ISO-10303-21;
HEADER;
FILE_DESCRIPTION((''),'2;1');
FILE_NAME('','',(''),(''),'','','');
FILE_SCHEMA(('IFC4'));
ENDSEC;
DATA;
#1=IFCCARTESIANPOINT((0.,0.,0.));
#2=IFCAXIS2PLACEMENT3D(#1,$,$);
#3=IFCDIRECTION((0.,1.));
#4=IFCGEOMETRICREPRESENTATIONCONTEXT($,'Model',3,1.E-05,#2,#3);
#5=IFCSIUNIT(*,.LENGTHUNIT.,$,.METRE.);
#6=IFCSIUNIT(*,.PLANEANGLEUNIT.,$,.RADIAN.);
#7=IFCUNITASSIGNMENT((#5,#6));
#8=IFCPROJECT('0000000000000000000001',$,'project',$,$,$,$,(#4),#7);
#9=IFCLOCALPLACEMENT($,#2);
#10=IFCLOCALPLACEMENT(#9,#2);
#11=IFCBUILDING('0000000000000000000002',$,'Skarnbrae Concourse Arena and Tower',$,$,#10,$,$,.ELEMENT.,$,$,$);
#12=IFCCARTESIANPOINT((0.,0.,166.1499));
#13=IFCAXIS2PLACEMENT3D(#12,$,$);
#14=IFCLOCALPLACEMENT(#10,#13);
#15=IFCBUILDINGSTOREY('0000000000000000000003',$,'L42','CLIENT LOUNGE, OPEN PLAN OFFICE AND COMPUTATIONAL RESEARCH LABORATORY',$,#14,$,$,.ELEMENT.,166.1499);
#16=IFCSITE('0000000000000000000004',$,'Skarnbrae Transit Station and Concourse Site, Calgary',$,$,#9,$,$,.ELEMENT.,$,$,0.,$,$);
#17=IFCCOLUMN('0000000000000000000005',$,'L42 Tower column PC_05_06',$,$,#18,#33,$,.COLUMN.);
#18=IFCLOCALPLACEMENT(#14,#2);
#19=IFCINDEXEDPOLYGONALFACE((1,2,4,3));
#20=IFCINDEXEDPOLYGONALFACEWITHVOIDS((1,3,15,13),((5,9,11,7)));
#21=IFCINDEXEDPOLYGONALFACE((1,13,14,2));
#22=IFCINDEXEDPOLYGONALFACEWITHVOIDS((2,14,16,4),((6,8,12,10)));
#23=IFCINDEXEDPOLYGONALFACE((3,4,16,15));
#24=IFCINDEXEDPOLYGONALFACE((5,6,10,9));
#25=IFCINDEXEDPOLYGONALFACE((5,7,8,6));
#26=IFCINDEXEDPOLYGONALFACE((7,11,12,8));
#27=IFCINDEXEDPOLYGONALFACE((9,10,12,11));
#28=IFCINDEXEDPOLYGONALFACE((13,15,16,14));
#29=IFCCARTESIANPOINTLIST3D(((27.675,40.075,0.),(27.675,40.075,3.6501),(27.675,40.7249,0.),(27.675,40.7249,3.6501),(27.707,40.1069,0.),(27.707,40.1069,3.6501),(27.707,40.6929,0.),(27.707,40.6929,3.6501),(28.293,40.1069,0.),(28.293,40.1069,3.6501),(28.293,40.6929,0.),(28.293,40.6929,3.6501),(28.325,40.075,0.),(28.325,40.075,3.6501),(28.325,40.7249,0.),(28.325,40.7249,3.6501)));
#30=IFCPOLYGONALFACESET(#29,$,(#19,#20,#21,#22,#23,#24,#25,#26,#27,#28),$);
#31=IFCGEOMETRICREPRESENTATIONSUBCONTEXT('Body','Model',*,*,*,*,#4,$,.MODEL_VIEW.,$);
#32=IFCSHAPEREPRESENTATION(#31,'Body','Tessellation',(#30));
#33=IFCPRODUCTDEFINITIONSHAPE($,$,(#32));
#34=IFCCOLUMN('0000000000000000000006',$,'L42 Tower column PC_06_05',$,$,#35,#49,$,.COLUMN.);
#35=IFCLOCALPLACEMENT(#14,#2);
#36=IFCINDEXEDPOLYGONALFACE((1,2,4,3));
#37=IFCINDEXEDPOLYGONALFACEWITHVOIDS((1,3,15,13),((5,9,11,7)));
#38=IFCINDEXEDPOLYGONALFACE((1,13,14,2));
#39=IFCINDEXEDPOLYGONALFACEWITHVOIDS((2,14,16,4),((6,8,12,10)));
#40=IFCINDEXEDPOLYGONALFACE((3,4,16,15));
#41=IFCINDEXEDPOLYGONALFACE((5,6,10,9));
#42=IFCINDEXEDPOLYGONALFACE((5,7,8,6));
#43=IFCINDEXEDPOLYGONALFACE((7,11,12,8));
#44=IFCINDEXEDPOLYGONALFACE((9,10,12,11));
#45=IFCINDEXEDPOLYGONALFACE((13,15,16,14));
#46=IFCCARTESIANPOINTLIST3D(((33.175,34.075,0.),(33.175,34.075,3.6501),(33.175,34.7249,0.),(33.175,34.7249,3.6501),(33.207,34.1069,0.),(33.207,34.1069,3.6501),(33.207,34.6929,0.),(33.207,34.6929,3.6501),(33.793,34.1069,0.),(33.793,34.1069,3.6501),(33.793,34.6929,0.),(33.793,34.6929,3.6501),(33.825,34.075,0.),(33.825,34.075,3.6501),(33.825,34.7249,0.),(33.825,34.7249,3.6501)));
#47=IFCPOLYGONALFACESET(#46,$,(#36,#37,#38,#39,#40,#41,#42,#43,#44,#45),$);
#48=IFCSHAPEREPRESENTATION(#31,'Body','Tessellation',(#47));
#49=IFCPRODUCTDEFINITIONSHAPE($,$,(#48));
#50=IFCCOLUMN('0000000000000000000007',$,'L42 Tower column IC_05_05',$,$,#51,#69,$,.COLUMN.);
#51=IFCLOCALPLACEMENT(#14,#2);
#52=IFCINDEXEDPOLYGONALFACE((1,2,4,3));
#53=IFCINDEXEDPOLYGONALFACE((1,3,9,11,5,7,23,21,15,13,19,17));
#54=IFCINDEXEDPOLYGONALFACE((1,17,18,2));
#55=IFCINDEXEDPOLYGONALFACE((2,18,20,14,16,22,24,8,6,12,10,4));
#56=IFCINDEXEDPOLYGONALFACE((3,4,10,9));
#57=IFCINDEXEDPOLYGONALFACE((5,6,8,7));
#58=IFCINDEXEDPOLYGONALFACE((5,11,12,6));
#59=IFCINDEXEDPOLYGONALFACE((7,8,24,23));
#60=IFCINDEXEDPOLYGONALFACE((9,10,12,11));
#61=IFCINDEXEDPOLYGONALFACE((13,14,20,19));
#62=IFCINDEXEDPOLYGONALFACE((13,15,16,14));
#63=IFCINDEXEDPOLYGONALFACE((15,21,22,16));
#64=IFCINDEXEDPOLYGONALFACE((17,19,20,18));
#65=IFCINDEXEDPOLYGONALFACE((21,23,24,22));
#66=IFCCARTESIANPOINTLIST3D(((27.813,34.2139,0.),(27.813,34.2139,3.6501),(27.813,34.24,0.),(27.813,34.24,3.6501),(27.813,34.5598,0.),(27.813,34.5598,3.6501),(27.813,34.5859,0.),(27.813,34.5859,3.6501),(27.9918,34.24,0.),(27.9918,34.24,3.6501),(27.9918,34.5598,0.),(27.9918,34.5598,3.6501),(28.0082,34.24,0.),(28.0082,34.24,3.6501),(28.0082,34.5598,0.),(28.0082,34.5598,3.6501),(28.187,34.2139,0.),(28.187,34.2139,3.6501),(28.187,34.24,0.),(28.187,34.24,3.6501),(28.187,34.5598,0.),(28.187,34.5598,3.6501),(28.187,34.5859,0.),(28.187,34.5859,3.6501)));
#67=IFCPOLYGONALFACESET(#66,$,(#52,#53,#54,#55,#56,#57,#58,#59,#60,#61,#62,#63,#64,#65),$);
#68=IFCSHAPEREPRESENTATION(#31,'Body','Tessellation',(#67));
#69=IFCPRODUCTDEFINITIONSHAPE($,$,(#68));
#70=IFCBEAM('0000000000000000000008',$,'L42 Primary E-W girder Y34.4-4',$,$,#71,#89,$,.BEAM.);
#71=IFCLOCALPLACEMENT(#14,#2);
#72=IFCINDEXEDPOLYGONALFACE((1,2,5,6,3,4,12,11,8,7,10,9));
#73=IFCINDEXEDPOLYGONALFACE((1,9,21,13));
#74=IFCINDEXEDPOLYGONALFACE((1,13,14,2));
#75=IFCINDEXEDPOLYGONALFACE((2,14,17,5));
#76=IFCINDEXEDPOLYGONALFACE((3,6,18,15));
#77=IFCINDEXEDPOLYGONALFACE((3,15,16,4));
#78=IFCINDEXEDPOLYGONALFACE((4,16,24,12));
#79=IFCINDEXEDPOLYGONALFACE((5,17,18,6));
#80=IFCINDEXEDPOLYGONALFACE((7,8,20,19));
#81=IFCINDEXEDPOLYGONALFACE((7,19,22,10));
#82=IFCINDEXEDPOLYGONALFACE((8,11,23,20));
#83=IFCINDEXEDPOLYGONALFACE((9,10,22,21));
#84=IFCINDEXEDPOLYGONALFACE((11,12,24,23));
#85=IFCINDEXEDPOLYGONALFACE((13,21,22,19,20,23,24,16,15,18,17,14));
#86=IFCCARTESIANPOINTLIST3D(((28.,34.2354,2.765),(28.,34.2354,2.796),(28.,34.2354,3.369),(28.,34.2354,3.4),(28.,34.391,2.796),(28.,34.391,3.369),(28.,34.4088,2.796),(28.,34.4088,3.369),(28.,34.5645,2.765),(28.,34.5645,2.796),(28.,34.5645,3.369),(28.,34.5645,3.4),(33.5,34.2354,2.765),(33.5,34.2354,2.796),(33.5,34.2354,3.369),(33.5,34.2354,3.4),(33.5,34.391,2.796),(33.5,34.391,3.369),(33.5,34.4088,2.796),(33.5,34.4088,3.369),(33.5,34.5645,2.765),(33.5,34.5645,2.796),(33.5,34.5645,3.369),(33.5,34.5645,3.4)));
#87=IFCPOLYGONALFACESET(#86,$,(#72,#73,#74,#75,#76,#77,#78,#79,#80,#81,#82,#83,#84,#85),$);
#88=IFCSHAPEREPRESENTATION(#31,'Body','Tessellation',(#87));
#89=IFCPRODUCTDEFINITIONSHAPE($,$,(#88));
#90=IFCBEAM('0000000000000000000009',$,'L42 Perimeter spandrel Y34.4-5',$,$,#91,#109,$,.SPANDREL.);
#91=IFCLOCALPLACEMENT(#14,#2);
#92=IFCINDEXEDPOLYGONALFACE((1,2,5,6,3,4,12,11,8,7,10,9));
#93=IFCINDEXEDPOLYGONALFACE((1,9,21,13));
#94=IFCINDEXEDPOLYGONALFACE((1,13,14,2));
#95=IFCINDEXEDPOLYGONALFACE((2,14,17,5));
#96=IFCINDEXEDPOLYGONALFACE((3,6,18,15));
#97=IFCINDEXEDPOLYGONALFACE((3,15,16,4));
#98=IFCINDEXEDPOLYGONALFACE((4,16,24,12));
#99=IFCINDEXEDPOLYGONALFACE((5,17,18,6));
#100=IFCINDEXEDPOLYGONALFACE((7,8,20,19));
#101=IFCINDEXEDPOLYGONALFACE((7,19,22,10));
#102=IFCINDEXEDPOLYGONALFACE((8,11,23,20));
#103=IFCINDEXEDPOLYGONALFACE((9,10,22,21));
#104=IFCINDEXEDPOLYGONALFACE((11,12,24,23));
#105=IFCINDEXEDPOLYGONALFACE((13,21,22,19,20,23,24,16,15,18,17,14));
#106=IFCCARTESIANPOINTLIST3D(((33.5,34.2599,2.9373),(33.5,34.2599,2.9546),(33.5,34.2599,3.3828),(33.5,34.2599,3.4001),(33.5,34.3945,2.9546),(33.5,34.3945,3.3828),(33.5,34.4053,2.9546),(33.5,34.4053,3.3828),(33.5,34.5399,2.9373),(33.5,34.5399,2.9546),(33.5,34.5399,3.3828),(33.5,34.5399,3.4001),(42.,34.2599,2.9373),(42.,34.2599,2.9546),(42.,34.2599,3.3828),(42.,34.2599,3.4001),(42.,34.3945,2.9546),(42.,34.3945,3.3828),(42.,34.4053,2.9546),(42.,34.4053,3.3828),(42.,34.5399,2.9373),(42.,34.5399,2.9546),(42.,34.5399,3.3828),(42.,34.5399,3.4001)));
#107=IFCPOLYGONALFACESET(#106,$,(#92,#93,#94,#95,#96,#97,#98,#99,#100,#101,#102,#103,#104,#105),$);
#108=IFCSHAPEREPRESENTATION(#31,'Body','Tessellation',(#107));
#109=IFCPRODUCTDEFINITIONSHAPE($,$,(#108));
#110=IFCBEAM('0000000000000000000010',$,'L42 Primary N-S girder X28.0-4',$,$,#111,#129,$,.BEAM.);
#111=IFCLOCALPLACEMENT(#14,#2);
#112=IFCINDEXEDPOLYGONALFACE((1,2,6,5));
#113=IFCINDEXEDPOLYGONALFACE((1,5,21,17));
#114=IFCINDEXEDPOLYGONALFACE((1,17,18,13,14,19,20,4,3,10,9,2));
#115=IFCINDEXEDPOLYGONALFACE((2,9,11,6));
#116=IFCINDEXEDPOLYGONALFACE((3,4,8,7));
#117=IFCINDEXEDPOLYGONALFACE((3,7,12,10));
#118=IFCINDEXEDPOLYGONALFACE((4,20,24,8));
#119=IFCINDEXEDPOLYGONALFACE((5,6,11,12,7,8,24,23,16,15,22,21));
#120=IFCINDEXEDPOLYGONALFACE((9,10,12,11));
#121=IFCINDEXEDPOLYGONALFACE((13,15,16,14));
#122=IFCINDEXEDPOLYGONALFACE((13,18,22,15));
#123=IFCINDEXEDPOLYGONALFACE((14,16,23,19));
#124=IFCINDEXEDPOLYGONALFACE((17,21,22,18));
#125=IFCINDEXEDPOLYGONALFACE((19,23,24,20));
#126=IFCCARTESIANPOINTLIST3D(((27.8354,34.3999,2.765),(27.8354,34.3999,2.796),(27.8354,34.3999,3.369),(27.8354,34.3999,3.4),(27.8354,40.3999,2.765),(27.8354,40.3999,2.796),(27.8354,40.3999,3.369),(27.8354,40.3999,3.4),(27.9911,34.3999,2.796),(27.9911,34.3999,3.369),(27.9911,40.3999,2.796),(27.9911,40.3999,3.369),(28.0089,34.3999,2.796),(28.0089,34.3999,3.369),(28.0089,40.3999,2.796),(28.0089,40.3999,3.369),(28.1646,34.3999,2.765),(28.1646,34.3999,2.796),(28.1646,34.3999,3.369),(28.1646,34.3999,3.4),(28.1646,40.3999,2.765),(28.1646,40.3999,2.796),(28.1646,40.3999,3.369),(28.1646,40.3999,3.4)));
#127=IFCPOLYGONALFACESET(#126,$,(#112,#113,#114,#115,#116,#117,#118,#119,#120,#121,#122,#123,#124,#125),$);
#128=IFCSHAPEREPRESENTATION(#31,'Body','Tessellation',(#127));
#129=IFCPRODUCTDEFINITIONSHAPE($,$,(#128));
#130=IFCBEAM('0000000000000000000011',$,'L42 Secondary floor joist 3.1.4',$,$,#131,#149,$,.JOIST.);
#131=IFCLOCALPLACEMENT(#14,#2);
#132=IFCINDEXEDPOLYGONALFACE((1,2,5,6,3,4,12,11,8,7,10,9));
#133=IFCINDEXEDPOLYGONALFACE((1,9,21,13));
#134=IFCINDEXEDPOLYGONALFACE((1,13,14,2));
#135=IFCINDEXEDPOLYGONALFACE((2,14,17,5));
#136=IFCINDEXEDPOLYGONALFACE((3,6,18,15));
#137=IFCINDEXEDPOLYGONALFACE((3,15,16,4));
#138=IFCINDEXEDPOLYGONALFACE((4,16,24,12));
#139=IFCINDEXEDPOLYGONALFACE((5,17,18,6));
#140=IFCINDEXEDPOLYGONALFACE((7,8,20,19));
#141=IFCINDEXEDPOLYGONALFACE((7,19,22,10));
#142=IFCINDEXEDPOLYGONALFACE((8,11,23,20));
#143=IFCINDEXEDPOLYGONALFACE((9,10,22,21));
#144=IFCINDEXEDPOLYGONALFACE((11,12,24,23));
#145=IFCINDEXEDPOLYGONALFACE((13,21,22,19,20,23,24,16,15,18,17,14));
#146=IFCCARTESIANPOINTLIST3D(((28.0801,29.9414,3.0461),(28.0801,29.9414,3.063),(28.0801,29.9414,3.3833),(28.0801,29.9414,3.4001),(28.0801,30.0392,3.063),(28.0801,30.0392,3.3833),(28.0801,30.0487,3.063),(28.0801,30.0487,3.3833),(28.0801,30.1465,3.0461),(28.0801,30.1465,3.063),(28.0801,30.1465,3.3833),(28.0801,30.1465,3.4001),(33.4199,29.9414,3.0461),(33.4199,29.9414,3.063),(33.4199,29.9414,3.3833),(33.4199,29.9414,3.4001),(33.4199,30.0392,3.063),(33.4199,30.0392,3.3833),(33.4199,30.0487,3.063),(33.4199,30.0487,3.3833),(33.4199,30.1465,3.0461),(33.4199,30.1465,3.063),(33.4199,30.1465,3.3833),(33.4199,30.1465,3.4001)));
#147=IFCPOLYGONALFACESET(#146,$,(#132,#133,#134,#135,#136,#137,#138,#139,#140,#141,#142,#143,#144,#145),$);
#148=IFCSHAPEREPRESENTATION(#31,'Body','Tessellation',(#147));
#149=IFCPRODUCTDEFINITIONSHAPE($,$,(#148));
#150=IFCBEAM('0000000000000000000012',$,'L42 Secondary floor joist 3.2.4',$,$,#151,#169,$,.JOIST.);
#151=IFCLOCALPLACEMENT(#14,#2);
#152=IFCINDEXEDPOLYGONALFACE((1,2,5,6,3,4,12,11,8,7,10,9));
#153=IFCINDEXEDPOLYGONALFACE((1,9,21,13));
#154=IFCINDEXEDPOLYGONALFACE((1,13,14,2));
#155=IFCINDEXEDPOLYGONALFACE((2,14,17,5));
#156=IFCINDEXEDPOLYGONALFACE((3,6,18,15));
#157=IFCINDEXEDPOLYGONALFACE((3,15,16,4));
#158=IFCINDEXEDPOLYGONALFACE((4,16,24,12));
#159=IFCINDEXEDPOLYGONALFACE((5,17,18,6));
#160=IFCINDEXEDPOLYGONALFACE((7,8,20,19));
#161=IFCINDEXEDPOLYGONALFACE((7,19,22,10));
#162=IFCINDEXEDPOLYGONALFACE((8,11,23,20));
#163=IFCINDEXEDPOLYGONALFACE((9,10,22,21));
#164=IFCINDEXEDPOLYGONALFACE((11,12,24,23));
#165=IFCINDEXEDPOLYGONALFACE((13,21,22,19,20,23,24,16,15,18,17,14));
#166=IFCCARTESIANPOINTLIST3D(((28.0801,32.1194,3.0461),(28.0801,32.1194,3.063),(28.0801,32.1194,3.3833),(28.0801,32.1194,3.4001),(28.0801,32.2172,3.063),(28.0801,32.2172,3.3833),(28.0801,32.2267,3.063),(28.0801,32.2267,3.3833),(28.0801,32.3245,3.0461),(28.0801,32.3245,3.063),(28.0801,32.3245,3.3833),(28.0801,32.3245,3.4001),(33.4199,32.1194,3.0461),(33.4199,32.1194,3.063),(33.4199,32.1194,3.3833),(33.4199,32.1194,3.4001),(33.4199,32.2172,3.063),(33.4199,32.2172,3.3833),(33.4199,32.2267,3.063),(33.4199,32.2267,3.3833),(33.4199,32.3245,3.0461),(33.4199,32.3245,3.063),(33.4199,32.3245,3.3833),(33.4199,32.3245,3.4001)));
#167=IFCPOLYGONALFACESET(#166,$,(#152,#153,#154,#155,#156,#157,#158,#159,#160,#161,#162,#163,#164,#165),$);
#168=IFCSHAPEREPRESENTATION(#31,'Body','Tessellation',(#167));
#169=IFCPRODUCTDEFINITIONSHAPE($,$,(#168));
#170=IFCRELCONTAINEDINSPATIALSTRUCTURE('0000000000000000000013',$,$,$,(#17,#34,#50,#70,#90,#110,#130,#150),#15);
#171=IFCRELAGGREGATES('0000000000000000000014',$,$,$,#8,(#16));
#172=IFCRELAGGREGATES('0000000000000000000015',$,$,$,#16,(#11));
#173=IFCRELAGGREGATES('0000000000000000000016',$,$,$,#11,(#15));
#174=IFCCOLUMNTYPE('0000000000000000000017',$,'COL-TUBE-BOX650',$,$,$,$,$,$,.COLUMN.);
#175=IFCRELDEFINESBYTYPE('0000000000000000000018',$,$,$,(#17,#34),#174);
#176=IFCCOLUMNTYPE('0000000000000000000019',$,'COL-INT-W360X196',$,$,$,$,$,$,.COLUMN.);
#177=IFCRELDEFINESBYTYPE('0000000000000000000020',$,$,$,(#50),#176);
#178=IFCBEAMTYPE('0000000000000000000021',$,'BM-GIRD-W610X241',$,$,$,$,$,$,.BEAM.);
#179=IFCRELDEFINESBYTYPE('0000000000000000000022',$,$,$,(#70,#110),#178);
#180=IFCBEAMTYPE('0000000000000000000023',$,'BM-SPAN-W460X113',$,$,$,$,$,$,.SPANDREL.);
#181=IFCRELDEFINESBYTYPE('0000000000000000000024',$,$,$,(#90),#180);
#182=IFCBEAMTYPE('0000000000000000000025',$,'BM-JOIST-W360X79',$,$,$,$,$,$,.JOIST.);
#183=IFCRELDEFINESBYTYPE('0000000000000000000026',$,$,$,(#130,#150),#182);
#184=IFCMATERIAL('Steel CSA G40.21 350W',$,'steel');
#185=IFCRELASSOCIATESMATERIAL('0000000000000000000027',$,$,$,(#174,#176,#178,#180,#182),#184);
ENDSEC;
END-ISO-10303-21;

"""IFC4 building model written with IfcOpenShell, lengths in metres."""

from ifc_helpers import new_model, si_unit, direction, frame, origin, origin_2d, place, context, subcontext, project, spatial, hollow_rectangle, i_section, extrude, source, transform, mapped, material, material_profile, profile_set, type_object, element, save


model = new_model("IFC4")

# Units and contexts
model_context = context("Model", 3, precision=1e-05, world=origin(), true_north=direction((0.0, 1.0)))
body_context = subcontext(model_context, "Body", "Model", "MODEL_VIEW")
ifc_project = project(units=[si_unit("LENGTHUNIT", "METRE"), si_unit("PLANEANGLEUNIT", "RADIAN")], contexts=[model_context])

# Site, building, storey
site_placement = place(None, origin())
site = spatial("IfcSite", under=ifc_project, at=site_placement, Name="Skarnbrae Transit Station and Concourse Site, Calgary", CompositionType="ELEMENT", RefElevation=0.0)
building_placement = place(site_placement, origin())
building = spatial("IfcBuilding", under=site, at=building_placement, Name="Skarnbrae Concourse Arena and Tower", CompositionType="ELEMENT")
storey_placement = place(building_placement, frame((0.0, 0.0, 166.1499)))
storey = spatial("IfcBuildingStorey", under=building, at=storey_placement, Name="L42", Description="CLIENT LOUNGE, OPEN PLAN OFFICE AND COMPUTATIONAL RESEARCH LABORATORY", CompositionType="ELEMENT", Elevation=166.1499)

# Columns
ifc_material_1 = material(Name="Steel CSA G40.21 350W", Category="steel")
ifc_material_profile_1 = material_profile(ifc_material_1, hollow_rectangle(XDim=0.6499, YDim=0.6499, WallThickness=0.032, at=origin_2d()), Name="BOX650X650X32")
ifc_profile_set_1 = profile_set([ifc_material_profile_1], Name="Steel CSA G40.21 350W")
column_type_1 = type_object("IfcColumnType", Name="COL-TUBE-BOX650", PredefinedType="COLUMN", material=ifc_profile_set_1)
shared_shape_1 = source(origin(), body_context, "Body", "SweptSolid", [
    extrude(hollow_rectangle(XDim=0.6499, YDim=0.6499, WallThickness=0.032, at=origin_2d()), origin(), (0.0, 0.0, 1.0), 3.6501),
])
for number, where, z_axis, x_axis, name in (
    (1, (28.0, 40.3999, 0.0), (0.0, 0.0, 1.0), (1.0, 0.0, 0.0), "L42 Tower column PC_05_06"),
    (2, (33.5, 34.3999, 0.0), (0.0, 0.0, 1.0), (1.0, 0.0, 0.0), "L42 Tower column PC_06_05"),
):
    element("IfcColumn", number, at=place(storey_placement, frame(where, z_axis=z_axis, x_axis=x_axis)), inside=storey, type_object=column_type_1, Name=name, PredefinedType="COLUMN", context=body_context, shape_type="MappedRepresentation", body=[
        mapped(shared_shape_1, transform((0.0, 0.0, 0.0))),
    ])
ifc_material_profile_2 = material_profile(ifc_material_1, i_section(OverallWidth=0.374, OverallDepth=0.3721, WebThickness=0.0164, FlangeThickness=0.0261, at=origin_2d()), Name="W360X196")
ifc_profile_set_2 = profile_set([ifc_material_profile_2], Name="Steel CSA G40.21 350W")
column_type_2 = type_object("IfcColumnType", Name="COL-INT-W360X196", PredefinedType="COLUMN", material=ifc_profile_set_2)
shared_shape_2 = source(origin(), body_context, "Body", "SweptSolid", [
    extrude(i_section(OverallWidth=0.374, OverallDepth=0.3721, WebThickness=0.0164, FlangeThickness=0.0261, at=origin_2d()), origin(), (0.0, 0.0, 1.0), 3.6501),
])
column_placement = place(storey_placement, frame((28.0, 34.3999, 0.0), z_axis=(0.0, 0.0, 1.0), x_axis=(1.0, 0.0, 0.0)))
element("IfcColumn", 3, at=column_placement, inside=storey, type_object=column_type_2, Name="L42 Tower column IC_05_05", PredefinedType="COLUMN", context=body_context, shape_type="MappedRepresentation", body=[
    mapped(shared_shape_2, transform((0.0, 0.0, 0.0))),
])

# Beams
ifc_material_profile_3 = material_profile(ifc_material_1, i_section(OverallWidth=0.3291, OverallDepth=0.635, WebThickness=0.0178, FlangeThickness=0.031, at=origin_2d()), Name="W610X241")
ifc_profile_set_3 = profile_set([ifc_material_profile_3], Name="Steel CSA G40.21 350W")
beam_type_1 = type_object("IfcBeamType", Name="BM-GIRD-W610X241", PredefinedType="BEAM", material=ifc_profile_set_3)
shared_shape_3 = source(origin(), body_context, "Body", "SweptSolid", [
    extrude(i_section(OverallWidth=0.3291, OverallDepth=0.635, WebThickness=0.0178, FlangeThickness=0.031, at=origin_2d()), origin(), (0.0, 0.0, 1.0), 5.5),
])
beam_1_placement = place(storey_placement, frame((28.0, 34.3999, 3.0825), z_axis=(1.0, 0.0, 0.0), x_axis=(0.0, 1.0, 0.0)))
element("IfcBeam", 4, at=beam_1_placement, inside=storey, type_object=beam_type_1, Name="L42 Primary E-W girder Y34.4-4", PredefinedType="BEAM", context=body_context, shape_type="MappedRepresentation", body=[
    mapped(shared_shape_3, transform((0.0, 0.0, 0.0))),
])
ifc_material_profile_4 = material_profile(ifc_material_1, i_section(OverallWidth=0.28, OverallDepth=0.4629, WebThickness=0.0107, FlangeThickness=0.0173, at=origin_2d()), Name="W460X113")
ifc_profile_set_4 = profile_set([ifc_material_profile_4], Name="Steel CSA G40.21 350W")
beam_type_2 = type_object("IfcBeamType", Name="BM-SPAN-W460X113", PredefinedType="SPANDREL", material=ifc_profile_set_4)
shared_shape_4 = source(origin(), body_context, "Body", "SweptSolid", [
    extrude(i_section(OverallWidth=0.28, OverallDepth=0.4629, WebThickness=0.0107, FlangeThickness=0.0173, at=origin_2d()), origin(), (0.0, 0.0, 1.0), 8.5),
])
beam_2_placement = place(storey_placement, frame((33.5, 34.3999, 3.1687), z_axis=(1.0, 0.0, 0.0), x_axis=(0.0, 1.0, 0.0)))
element("IfcBeam", 5, at=beam_2_placement, inside=storey, type_object=beam_type_2, Name="L42 Perimeter spandrel Y34.4-5", PredefinedType="SPANDREL", context=body_context, shape_type="MappedRepresentation", body=[
    mapped(shared_shape_4, transform((0.0, 0.0, 0.0))),
])
shared_shape_5 = source(origin(), body_context, "Body", "SweptSolid", [
    extrude(i_section(OverallWidth=0.3291, OverallDepth=0.635, WebThickness=0.0178, FlangeThickness=0.031, at=origin_2d()), origin(), (0.0, 0.0, 1.0), 6.0),
])
beam_3_placement = place(storey_placement, frame((28.0, 34.3999, 3.0825), z_axis=(0.0, 1.0, 0.0), x_axis=(-1.0, 0.0, 0.0)))
element("IfcBeam", 6, at=beam_3_placement, inside=storey, type_object=beam_type_1, Name="L42 Primary N-S girder X28.0-4", PredefinedType="BEAM", context=body_context, shape_type="MappedRepresentation", body=[
    mapped(shared_shape_5, transform((0.0, 0.0, 0.0))),
])
ifc_material_profile_5 = material_profile(ifc_material_1, i_section(OverallWidth=0.2051, OverallDepth=0.354, WebThickness=0.0095, FlangeThickness=0.0168, at=origin_2d()), Name="W360X79")
ifc_profile_set_5 = profile_set([ifc_material_profile_5], Name="Steel CSA G40.21 350W")
beam_type_3 = type_object("IfcBeamType", Name="BM-JOIST-W360X79", PredefinedType="JOIST", material=ifc_profile_set_5)
shared_shape_6 = source(origin(), body_context, "Body", "SweptSolid", [
    extrude(i_section(OverallWidth=0.2051, OverallDepth=0.354, WebThickness=0.0095, FlangeThickness=0.0168, at=origin_2d()), origin(), (0.0, 0.0, 1.0), 5.3398),
])
for number, where, z_axis, x_axis, name in (
    (7, (28.0801, 30.0439, 3.2231), (1.0, 0.0, 0.0), (0.0, 1.0, 0.0), "L42 Secondary floor joist 3.1.4"),
    (8, (28.0801, 32.2219, 3.2231), (1.0, 0.0, 0.0), (0.0, 1.0, 0.0), "L42 Secondary floor joist 3.2.4"),
):
    element("IfcBeam", number, at=place(storey_placement, frame(where, z_axis=z_axis, x_axis=x_axis)), inside=storey, type_object=beam_type_3, Name=name, PredefinedType="JOIST", context=body_context, shape_type="MappedRepresentation", body=[
        mapped(shared_shape_6, transform((0.0, 0.0, 0.0))),
    ])

save(model, "model.ifc")
